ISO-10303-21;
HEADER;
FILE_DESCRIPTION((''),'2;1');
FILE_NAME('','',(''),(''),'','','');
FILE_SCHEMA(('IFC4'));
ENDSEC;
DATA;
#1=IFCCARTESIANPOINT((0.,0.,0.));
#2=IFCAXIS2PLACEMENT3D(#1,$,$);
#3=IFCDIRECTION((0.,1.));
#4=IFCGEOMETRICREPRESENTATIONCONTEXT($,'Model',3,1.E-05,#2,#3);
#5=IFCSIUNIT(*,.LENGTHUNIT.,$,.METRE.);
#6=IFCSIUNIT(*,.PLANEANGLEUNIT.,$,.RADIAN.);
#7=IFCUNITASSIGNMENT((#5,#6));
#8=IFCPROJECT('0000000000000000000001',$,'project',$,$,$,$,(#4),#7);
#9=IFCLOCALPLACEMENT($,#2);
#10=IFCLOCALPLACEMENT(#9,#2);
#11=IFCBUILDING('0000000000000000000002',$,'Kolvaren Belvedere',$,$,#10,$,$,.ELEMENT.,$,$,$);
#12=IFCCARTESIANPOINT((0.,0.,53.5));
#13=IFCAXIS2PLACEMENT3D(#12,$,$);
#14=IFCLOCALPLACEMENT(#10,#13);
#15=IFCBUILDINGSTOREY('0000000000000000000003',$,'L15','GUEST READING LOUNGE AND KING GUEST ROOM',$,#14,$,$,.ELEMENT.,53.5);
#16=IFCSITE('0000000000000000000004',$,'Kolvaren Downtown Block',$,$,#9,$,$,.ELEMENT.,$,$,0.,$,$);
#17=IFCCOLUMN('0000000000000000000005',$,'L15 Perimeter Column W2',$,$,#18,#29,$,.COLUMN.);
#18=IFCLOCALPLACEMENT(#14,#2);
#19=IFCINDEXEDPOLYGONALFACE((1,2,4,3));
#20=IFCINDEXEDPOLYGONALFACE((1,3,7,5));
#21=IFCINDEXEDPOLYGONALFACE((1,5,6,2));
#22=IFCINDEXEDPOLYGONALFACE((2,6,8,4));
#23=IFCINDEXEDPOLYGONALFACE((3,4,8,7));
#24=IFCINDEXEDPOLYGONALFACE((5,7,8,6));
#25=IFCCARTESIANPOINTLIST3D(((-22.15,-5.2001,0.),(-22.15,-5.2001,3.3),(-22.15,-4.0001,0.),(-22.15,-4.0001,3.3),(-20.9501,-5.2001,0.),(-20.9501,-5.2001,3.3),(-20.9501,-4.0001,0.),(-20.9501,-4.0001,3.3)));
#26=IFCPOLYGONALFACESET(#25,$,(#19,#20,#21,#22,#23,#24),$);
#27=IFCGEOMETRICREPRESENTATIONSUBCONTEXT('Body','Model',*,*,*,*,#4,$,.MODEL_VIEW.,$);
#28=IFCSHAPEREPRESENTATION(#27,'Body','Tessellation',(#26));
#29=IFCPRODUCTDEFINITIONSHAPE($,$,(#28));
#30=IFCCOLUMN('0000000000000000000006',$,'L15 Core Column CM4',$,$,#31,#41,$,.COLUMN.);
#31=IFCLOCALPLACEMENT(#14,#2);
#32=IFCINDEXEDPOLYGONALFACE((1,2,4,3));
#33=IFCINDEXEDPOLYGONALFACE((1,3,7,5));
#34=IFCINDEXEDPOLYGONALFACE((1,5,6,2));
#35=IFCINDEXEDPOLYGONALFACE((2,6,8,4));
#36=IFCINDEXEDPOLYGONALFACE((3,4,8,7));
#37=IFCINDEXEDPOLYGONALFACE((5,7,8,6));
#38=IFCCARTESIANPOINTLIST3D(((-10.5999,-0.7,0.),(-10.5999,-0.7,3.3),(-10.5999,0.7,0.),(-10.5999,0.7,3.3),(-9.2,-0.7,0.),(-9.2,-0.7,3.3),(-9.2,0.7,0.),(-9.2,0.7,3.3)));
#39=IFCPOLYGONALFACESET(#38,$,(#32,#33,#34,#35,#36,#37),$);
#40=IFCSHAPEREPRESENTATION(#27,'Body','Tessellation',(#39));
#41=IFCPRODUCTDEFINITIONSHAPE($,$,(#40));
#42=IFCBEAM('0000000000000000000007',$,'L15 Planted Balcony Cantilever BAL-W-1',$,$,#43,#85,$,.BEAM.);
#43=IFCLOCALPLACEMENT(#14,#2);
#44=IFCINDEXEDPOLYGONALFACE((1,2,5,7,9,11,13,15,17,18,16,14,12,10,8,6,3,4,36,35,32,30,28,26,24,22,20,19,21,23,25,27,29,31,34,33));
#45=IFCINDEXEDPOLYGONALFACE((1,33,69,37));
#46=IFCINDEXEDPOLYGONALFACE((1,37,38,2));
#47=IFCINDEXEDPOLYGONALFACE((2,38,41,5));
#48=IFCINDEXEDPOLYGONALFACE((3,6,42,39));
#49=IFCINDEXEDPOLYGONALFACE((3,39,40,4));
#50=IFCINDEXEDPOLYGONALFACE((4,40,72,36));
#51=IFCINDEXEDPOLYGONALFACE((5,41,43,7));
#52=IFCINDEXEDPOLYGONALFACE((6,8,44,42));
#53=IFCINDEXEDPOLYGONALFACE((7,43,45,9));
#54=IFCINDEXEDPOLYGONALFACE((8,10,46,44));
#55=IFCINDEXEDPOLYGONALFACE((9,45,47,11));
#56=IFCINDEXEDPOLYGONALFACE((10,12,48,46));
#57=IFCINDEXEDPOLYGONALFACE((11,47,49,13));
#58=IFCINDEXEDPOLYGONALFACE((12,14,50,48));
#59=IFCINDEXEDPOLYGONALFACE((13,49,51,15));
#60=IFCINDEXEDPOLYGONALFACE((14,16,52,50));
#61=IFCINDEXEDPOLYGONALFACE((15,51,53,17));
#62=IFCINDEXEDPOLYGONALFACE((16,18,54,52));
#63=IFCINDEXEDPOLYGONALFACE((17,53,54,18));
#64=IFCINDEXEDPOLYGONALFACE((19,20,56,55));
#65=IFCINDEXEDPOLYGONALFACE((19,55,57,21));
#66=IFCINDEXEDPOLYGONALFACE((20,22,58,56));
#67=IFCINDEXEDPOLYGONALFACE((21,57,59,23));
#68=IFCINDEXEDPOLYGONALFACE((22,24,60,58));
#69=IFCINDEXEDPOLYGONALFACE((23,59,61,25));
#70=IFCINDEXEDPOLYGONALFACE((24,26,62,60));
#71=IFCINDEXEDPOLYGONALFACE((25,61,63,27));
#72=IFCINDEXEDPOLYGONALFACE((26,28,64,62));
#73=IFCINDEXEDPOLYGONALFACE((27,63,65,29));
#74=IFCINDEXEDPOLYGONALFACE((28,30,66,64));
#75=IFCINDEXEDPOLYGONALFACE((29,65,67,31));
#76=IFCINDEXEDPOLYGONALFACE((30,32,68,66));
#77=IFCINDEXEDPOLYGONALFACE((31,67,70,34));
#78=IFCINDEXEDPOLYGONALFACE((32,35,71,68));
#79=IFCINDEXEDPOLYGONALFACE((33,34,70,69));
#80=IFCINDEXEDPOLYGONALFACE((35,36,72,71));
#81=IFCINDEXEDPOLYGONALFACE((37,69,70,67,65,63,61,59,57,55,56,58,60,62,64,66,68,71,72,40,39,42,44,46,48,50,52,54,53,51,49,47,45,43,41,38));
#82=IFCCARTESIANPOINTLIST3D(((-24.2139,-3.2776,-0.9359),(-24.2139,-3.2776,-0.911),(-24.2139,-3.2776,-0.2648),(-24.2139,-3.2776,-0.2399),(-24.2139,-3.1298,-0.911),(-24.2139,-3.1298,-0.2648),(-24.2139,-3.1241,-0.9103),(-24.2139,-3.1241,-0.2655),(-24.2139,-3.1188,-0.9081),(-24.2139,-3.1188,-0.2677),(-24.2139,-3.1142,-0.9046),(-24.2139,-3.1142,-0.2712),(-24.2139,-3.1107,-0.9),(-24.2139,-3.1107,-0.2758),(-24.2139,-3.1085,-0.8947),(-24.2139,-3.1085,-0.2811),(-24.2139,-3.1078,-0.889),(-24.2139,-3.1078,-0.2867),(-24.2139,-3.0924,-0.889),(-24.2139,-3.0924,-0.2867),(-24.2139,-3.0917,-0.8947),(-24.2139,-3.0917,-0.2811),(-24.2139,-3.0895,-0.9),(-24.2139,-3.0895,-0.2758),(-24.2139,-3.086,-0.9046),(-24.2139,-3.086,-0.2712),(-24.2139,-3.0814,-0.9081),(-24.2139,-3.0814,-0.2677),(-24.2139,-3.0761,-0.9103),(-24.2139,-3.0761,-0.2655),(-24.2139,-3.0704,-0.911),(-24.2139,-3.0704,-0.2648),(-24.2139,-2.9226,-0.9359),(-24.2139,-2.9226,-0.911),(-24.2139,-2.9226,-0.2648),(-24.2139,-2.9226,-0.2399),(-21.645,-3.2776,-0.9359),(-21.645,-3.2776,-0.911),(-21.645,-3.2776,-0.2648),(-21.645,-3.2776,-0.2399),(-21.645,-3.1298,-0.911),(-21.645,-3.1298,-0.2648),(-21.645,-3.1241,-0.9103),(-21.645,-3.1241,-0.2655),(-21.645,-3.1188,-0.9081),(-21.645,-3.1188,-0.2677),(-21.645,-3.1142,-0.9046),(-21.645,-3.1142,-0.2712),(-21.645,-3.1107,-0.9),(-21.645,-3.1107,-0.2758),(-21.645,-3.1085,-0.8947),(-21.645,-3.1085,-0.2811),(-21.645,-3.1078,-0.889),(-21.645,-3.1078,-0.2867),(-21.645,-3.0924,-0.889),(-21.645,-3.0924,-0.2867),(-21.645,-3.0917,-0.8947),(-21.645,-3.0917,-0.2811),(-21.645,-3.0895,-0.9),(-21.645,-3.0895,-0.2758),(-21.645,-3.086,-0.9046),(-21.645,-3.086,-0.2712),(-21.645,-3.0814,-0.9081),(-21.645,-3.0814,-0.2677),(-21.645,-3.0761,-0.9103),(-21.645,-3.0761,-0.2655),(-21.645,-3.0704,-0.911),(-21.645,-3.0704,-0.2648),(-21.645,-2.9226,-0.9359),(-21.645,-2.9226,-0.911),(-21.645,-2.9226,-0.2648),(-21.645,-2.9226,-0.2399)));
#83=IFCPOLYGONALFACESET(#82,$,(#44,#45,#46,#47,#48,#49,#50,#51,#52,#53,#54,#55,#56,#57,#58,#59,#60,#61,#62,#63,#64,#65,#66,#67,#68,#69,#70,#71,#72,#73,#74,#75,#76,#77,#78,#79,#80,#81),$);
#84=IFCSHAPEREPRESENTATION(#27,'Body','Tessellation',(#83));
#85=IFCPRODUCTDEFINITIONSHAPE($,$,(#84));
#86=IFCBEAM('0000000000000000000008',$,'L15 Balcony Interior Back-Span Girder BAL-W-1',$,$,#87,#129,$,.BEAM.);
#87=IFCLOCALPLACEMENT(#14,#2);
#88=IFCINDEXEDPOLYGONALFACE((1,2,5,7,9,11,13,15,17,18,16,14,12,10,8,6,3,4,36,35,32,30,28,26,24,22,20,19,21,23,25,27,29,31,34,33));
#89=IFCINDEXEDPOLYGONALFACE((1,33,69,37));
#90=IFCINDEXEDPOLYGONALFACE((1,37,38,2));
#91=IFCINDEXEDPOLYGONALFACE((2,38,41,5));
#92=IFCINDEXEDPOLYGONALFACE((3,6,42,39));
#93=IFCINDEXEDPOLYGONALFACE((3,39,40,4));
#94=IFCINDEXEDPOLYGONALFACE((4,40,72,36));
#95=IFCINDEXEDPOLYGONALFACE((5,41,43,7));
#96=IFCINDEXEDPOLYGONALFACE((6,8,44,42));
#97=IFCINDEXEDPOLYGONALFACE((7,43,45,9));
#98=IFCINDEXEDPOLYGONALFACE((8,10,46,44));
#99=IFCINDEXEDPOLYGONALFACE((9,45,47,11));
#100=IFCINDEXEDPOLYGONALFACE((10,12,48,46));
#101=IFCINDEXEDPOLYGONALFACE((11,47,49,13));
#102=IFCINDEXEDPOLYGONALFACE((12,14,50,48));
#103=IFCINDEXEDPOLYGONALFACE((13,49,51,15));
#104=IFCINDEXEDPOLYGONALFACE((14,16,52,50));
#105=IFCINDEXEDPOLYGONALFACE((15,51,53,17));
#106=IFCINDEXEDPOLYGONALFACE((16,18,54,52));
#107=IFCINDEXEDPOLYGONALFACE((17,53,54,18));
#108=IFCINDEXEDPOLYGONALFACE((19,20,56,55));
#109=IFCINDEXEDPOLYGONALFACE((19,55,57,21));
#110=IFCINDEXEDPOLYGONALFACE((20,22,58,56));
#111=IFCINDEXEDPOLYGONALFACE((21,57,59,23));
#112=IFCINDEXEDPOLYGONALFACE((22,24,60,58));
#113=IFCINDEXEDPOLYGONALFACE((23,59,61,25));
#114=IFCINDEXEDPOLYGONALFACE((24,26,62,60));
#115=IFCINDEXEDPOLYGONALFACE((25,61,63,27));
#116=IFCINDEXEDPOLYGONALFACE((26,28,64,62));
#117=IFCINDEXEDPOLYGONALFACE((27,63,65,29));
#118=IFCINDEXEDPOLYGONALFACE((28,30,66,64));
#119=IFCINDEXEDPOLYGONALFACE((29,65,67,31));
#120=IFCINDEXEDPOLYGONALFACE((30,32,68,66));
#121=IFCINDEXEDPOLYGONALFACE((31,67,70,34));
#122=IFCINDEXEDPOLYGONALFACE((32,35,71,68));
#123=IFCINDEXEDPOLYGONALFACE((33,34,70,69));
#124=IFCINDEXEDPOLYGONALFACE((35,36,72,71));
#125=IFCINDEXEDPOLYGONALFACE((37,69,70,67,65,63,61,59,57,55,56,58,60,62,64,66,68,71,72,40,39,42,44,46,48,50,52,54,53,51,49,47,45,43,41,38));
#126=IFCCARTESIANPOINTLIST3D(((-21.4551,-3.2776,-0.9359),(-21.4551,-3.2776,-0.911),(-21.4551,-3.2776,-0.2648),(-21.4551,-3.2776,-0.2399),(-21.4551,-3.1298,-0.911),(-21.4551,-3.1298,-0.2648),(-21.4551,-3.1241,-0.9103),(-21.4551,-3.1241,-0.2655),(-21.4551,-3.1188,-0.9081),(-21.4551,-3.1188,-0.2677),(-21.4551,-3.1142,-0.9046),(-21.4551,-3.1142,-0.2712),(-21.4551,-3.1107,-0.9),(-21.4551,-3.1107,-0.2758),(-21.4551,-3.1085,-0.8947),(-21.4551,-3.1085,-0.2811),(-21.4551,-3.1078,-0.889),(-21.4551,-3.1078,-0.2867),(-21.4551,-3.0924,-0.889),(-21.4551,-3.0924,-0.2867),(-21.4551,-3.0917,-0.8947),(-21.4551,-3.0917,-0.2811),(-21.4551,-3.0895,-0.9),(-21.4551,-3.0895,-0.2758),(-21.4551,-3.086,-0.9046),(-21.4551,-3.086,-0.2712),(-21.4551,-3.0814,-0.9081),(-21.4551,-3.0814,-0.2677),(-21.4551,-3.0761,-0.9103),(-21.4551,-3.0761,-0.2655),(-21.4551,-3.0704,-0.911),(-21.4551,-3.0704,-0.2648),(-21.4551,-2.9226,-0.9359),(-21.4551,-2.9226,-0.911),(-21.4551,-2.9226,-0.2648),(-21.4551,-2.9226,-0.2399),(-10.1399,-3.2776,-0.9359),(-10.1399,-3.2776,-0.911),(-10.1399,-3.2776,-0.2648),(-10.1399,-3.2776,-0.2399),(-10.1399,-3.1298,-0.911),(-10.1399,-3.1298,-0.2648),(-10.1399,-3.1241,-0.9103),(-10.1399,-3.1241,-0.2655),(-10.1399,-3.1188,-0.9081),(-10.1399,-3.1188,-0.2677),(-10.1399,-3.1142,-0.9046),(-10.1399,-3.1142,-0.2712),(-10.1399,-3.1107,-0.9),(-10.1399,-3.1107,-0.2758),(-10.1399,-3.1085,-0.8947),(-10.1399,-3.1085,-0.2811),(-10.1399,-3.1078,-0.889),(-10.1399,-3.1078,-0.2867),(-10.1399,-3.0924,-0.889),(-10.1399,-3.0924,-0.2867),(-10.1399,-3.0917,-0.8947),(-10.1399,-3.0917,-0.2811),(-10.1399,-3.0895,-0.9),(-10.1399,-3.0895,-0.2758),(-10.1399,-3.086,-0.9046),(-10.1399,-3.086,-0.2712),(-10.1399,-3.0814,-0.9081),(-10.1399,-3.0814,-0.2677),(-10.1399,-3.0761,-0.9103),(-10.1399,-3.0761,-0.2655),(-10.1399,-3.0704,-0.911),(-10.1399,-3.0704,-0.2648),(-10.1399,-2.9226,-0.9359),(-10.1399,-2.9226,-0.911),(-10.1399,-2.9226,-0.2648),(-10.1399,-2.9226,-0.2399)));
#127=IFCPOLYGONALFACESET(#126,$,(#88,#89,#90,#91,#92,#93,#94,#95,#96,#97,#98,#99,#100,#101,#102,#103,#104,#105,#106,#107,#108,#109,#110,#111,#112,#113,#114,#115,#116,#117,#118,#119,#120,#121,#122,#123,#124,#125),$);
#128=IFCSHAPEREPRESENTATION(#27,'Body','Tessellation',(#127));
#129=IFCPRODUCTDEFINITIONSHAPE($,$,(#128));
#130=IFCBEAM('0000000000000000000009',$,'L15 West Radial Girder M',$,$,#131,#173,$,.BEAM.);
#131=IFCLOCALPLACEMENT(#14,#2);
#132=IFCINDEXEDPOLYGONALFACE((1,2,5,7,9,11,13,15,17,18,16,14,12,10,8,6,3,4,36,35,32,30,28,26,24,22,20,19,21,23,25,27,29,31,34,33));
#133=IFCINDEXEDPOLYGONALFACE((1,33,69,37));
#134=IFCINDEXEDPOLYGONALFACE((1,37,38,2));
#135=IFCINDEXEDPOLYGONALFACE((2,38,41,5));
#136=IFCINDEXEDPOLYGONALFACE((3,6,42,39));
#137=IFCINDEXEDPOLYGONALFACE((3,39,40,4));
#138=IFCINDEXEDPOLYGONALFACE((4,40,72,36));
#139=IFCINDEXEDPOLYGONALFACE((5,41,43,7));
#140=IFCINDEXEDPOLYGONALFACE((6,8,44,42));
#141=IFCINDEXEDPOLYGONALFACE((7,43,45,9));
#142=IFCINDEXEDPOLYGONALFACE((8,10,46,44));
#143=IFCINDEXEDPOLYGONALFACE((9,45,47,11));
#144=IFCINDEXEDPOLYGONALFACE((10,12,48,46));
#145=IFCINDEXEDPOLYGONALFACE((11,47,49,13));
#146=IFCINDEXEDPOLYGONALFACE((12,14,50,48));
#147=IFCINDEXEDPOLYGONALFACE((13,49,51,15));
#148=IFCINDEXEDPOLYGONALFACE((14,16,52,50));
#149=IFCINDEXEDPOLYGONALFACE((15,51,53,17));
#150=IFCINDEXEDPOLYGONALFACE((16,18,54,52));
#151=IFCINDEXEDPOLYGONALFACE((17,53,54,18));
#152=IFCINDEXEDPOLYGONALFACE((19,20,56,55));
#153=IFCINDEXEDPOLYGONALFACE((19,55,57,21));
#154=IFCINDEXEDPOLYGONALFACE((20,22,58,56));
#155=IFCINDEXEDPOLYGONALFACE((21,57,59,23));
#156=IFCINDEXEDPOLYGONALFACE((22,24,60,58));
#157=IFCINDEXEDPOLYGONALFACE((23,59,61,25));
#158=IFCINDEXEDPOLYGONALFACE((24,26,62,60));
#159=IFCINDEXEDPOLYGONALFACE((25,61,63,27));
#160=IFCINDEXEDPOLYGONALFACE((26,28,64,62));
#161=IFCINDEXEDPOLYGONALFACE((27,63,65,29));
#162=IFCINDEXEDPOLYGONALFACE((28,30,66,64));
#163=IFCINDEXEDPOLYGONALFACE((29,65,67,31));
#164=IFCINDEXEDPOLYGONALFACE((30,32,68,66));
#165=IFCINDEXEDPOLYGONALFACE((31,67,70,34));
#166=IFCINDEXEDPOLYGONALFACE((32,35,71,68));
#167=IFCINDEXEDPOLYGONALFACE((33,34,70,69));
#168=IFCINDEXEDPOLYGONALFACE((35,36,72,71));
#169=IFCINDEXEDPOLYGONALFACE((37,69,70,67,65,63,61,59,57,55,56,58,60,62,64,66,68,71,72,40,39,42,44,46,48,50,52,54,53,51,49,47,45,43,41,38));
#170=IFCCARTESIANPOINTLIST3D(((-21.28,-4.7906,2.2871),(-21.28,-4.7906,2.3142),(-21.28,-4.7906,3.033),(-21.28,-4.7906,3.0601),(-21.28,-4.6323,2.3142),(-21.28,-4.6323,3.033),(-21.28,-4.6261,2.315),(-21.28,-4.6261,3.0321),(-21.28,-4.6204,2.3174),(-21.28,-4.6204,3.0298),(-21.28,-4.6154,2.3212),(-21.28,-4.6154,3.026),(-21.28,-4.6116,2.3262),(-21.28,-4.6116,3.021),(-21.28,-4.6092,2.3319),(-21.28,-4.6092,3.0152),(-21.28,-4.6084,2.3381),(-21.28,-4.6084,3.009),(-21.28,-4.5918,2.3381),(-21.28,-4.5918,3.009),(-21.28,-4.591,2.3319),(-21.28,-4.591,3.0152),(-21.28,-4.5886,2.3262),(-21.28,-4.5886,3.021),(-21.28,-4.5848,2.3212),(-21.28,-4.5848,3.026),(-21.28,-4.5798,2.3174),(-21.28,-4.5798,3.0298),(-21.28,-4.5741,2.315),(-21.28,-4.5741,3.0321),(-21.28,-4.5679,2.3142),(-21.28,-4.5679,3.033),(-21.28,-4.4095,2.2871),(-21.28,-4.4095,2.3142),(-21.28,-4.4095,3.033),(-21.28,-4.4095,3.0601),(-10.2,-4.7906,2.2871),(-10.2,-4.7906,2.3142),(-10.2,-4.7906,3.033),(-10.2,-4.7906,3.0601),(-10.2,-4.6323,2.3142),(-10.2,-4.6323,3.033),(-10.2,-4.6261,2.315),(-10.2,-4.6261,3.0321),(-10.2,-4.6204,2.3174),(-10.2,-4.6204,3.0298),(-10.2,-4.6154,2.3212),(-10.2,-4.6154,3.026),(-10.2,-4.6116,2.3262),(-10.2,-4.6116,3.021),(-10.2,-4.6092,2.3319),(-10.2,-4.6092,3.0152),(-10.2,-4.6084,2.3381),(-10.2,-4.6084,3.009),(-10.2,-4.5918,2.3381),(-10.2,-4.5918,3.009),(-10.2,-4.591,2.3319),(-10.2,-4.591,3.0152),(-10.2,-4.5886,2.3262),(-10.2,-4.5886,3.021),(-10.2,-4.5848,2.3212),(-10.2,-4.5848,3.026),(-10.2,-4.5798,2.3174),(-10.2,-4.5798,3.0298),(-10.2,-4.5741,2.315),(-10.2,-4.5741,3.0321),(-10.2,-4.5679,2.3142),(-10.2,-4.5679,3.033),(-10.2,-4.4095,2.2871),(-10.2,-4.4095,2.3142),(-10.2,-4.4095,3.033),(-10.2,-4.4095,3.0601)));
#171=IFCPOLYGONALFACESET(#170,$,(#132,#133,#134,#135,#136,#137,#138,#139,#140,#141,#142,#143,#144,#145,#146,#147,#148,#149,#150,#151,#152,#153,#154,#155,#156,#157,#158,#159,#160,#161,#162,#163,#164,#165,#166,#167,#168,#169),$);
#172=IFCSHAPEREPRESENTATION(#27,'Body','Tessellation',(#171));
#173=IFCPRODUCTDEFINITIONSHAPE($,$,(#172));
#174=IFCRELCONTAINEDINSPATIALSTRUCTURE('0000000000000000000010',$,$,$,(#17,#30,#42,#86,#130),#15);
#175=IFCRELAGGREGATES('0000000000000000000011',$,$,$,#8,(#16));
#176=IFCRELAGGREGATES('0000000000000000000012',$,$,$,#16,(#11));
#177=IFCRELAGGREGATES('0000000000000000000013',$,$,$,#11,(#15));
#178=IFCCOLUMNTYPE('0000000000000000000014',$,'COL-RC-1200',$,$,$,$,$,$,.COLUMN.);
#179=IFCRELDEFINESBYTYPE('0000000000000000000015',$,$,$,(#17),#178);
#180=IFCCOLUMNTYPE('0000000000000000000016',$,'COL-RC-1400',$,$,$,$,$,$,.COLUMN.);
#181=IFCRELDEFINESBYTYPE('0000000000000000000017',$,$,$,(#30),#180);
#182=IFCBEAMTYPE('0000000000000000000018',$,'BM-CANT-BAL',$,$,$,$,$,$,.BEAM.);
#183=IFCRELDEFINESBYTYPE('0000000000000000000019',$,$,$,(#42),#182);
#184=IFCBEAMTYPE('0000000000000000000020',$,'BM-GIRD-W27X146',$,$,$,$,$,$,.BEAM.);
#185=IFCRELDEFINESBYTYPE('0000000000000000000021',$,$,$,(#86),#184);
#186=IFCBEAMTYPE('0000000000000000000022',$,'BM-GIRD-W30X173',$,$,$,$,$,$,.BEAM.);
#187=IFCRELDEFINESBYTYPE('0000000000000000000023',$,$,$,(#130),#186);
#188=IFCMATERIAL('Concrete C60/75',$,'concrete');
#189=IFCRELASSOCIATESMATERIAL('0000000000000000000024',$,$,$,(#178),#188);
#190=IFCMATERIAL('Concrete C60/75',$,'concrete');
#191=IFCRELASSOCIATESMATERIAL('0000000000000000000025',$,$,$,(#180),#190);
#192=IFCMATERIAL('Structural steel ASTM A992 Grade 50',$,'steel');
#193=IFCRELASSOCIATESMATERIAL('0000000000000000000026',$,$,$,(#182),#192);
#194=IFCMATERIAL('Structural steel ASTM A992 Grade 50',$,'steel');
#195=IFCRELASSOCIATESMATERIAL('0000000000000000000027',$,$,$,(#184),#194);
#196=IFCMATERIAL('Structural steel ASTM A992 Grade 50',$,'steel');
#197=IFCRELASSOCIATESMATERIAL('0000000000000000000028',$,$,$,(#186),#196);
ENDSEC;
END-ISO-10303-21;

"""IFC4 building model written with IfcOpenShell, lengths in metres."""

from ifc_helpers import new_model, si_unit, direction, frame, origin, origin_2d, place, context, subcontext, project, spatial, rectangle, i_section, extrude, material, material_profile, profile_set, type_object, element, save


model = new_model("IFC4")

# Units and contexts
model_context = context("Model", 3, precision=1e-05, world=origin(), true_north=direction((0.0, 1.0)))
body_context = subcontext(model_context, "Body", "Model", "MODEL_VIEW")
ifc_project = project(units=[si_unit("LENGTHUNIT", "METRE"), si_unit("PLANEANGLEUNIT", "RADIAN")], contexts=[model_context])

# Site, building, storey
site_placement = place(None, origin())
site = spatial("IfcSite", under=ifc_project, at=site_placement, Name="Kolvaren Downtown Block", CompositionType="ELEMENT", RefElevation=0.0)
building_placement = place(site_placement, origin())
building = spatial("IfcBuilding", under=site, at=building_placement, Name="Kolvaren Belvedere", CompositionType="ELEMENT")
storey_placement = place(building_placement, frame((0.0, 0.0, 53.5)))
storey = spatial("IfcBuildingStorey", under=building, at=storey_placement, Name="L15", Description="GUEST READING LOUNGE AND KING GUEST ROOM", CompositionType="ELEMENT", Elevation=53.5)

# Columns
ifc_material_1 = material(Name="Concrete C60/75", Category="concrete")
ifc_material_profile_1 = material_profile(ifc_material_1, rectangle(XDim=1.2, YDim=1.2, at=origin_2d()), Name="RC 1200X1200")
ifc_profile_set_1 = profile_set([ifc_material_profile_1], Name="Concrete C60/75")
column_type_1 = type_object("IfcColumnType", Name="COL-RC-1200", PredefinedType="COLUMN", material=ifc_profile_set_1)
column_1_placement = place(storey_placement, frame((-21.55, -4.6001, 0.0), z_axis=(0.0, 0.0, 1.0), x_axis=(1.0, 0.0, 0.0)))
element("IfcColumn", 1, at=column_1_placement, inside=storey, type_object=column_type_1, Name="L15 Perimeter Column W2", PredefinedType="COLUMN", context=body_context, shape_type="SweptSolid", body=[
    extrude(rectangle(XDim=1.2, YDim=1.2, at=origin_2d()), origin(), (0.0, 0.0, 1.0), 3.3),
])
ifc_material_2 = material(Name="Concrete C60/75", Category="concrete")
ifc_material_profile_2 = material_profile(ifc_material_2, rectangle(XDim=1.3999, YDim=1.3999, at=origin_2d()), Name="RC 1400X1400")
ifc_profile_set_2 = profile_set([ifc_material_profile_2], Name="Concrete C60/75")
column_type_2 = type_object("IfcColumnType", Name="COL-RC-1400", PredefinedType="COLUMN", material=ifc_profile_set_2)
column_2_placement = place(storey_placement, frame((-9.8999, 0.0, 0.0), z_axis=(0.0, 0.0, 1.0), x_axis=(1.0, 0.0, 0.0)))
element("IfcColumn", 2, at=column_2_placement, inside=storey, type_object=column_type_2, Name="L15 Core Column CM4", PredefinedType="COLUMN", context=body_context, shape_type="SweptSolid", body=[
    extrude(rectangle(XDim=1.3999, YDim=1.3999, at=origin_2d()), origin(), (0.0, 0.0, 1.0), 3.3),
])

# Beams
ifc_material_3 = material(Name="Structural steel ASTM A992 Grade 50", Category="steel")
ifc_material_profile_3 = material_profile(ifc_material_3, i_section(OverallWidth=0.355, OverallDepth=0.696, WebThickness=0.0154, FlangeThickness=0.0249, FilletRadius=0.022, at=origin_2d()), Name="W27X146")
ifc_profile_set_3 = profile_set([ifc_material_profile_3], Name="Structural steel ASTM A992 Grade 50")
beam_type_1 = type_object("IfcBeamType", Name="BM-CANT-BAL", PredefinedType="BEAM", material=ifc_profile_set_3)
beam_1_placement = place(storey_placement, frame((-21.645, -3.1001, -0.5879), z_axis=(-1.0, 0.0, 0.0), x_axis=(0.0, -1.0, 0.0)))
element("IfcBeam", 3, at=beam_1_placement, inside=storey, type_object=beam_type_1, Name="L15 Planted Balcony Cantilever BAL-W-1", PredefinedType="BEAM", context=body_context, shape_type="SweptSolid", body=[
    extrude(i_section(OverallWidth=0.355, OverallDepth=0.696, WebThickness=0.0154, FlangeThickness=0.0249, FilletRadius=0.022, at=origin_2d()), origin(), (0.0, 0.0, 1.0), 2.5688),
])
ifc_material_4 = material(Name="Structural steel ASTM A992 Grade 50", Category="steel")
ifc_material_profile_4 = material_profile(ifc_material_4, i_section(OverallWidth=0.355, OverallDepth=0.696, WebThickness=0.0154, FlangeThickness=0.0249, FilletRadius=0.022, at=origin_2d()), Name="W27X146")
ifc_profile_set_4 = profile_set([ifc_material_profile_4], Name="Structural steel ASTM A992 Grade 50")
beam_type_2 = type_object("IfcBeamType", Name="BM-GIRD-W27X146", PredefinedType="BEAM", material=ifc_profile_set_4)
beam_2_placement = place(storey_placement, frame((-10.1399, -3.1001, -0.5879), z_axis=(-1.0, 0.0, 0.0), x_axis=(0.0, -1.0, 0.0)))
element("IfcBeam", 4, at=beam_2_placement, inside=storey, type_object=beam_type_2, Name="L15 Balcony Interior Back-Span Girder BAL-W-1", PredefinedType="BEAM", context=body_context, shape_type="SweptSolid", body=[
    extrude(i_section(OverallWidth=0.355, OverallDepth=0.696, WebThickness=0.0154, FlangeThickness=0.0249, FilletRadius=0.022, at=origin_2d()), origin(), (0.0, 0.0, 1.0), 11.3152),
])
ifc_material_5 = material(Name="Structural steel ASTM A992 Grade 50", Category="steel")
ifc_material_profile_5 = material_profile(ifc_material_5, i_section(OverallWidth=0.3811, OverallDepth=0.7729, WebThickness=0.0166, FlangeThickness=0.0271, FilletRadius=0.0239, at=origin_2d()), Name="W30X173")
ifc_profile_set_5 = profile_set([ifc_material_profile_5], Name="Structural steel ASTM A992 Grade 50")
beam_type_3 = type_object("IfcBeamType", Name="BM-GIRD-W30X173", PredefinedType="BEAM", material=ifc_profile_set_5)
beam_3_placement = place(storey_placement, frame((-10.2, -4.6001, 2.6736), z_axis=(-1.0, 0.0, 0.0), x_axis=(0.0, -1.0, 0.0)))
element("IfcBeam", 5, at=beam_3_placement, inside=storey, type_object=beam_type_3, Name="L15 West Radial Girder M", PredefinedType="BEAM", context=body_context, shape_type="SweptSolid", body=[
    extrude(i_section(OverallWidth=0.3811, OverallDepth=0.7729, WebThickness=0.0166, FlangeThickness=0.0271, FilletRadius=0.0239, at=origin_2d()), origin(), (0.0, 0.0, 1.0), 11.0801),
])

save(model, "model.ifc")
